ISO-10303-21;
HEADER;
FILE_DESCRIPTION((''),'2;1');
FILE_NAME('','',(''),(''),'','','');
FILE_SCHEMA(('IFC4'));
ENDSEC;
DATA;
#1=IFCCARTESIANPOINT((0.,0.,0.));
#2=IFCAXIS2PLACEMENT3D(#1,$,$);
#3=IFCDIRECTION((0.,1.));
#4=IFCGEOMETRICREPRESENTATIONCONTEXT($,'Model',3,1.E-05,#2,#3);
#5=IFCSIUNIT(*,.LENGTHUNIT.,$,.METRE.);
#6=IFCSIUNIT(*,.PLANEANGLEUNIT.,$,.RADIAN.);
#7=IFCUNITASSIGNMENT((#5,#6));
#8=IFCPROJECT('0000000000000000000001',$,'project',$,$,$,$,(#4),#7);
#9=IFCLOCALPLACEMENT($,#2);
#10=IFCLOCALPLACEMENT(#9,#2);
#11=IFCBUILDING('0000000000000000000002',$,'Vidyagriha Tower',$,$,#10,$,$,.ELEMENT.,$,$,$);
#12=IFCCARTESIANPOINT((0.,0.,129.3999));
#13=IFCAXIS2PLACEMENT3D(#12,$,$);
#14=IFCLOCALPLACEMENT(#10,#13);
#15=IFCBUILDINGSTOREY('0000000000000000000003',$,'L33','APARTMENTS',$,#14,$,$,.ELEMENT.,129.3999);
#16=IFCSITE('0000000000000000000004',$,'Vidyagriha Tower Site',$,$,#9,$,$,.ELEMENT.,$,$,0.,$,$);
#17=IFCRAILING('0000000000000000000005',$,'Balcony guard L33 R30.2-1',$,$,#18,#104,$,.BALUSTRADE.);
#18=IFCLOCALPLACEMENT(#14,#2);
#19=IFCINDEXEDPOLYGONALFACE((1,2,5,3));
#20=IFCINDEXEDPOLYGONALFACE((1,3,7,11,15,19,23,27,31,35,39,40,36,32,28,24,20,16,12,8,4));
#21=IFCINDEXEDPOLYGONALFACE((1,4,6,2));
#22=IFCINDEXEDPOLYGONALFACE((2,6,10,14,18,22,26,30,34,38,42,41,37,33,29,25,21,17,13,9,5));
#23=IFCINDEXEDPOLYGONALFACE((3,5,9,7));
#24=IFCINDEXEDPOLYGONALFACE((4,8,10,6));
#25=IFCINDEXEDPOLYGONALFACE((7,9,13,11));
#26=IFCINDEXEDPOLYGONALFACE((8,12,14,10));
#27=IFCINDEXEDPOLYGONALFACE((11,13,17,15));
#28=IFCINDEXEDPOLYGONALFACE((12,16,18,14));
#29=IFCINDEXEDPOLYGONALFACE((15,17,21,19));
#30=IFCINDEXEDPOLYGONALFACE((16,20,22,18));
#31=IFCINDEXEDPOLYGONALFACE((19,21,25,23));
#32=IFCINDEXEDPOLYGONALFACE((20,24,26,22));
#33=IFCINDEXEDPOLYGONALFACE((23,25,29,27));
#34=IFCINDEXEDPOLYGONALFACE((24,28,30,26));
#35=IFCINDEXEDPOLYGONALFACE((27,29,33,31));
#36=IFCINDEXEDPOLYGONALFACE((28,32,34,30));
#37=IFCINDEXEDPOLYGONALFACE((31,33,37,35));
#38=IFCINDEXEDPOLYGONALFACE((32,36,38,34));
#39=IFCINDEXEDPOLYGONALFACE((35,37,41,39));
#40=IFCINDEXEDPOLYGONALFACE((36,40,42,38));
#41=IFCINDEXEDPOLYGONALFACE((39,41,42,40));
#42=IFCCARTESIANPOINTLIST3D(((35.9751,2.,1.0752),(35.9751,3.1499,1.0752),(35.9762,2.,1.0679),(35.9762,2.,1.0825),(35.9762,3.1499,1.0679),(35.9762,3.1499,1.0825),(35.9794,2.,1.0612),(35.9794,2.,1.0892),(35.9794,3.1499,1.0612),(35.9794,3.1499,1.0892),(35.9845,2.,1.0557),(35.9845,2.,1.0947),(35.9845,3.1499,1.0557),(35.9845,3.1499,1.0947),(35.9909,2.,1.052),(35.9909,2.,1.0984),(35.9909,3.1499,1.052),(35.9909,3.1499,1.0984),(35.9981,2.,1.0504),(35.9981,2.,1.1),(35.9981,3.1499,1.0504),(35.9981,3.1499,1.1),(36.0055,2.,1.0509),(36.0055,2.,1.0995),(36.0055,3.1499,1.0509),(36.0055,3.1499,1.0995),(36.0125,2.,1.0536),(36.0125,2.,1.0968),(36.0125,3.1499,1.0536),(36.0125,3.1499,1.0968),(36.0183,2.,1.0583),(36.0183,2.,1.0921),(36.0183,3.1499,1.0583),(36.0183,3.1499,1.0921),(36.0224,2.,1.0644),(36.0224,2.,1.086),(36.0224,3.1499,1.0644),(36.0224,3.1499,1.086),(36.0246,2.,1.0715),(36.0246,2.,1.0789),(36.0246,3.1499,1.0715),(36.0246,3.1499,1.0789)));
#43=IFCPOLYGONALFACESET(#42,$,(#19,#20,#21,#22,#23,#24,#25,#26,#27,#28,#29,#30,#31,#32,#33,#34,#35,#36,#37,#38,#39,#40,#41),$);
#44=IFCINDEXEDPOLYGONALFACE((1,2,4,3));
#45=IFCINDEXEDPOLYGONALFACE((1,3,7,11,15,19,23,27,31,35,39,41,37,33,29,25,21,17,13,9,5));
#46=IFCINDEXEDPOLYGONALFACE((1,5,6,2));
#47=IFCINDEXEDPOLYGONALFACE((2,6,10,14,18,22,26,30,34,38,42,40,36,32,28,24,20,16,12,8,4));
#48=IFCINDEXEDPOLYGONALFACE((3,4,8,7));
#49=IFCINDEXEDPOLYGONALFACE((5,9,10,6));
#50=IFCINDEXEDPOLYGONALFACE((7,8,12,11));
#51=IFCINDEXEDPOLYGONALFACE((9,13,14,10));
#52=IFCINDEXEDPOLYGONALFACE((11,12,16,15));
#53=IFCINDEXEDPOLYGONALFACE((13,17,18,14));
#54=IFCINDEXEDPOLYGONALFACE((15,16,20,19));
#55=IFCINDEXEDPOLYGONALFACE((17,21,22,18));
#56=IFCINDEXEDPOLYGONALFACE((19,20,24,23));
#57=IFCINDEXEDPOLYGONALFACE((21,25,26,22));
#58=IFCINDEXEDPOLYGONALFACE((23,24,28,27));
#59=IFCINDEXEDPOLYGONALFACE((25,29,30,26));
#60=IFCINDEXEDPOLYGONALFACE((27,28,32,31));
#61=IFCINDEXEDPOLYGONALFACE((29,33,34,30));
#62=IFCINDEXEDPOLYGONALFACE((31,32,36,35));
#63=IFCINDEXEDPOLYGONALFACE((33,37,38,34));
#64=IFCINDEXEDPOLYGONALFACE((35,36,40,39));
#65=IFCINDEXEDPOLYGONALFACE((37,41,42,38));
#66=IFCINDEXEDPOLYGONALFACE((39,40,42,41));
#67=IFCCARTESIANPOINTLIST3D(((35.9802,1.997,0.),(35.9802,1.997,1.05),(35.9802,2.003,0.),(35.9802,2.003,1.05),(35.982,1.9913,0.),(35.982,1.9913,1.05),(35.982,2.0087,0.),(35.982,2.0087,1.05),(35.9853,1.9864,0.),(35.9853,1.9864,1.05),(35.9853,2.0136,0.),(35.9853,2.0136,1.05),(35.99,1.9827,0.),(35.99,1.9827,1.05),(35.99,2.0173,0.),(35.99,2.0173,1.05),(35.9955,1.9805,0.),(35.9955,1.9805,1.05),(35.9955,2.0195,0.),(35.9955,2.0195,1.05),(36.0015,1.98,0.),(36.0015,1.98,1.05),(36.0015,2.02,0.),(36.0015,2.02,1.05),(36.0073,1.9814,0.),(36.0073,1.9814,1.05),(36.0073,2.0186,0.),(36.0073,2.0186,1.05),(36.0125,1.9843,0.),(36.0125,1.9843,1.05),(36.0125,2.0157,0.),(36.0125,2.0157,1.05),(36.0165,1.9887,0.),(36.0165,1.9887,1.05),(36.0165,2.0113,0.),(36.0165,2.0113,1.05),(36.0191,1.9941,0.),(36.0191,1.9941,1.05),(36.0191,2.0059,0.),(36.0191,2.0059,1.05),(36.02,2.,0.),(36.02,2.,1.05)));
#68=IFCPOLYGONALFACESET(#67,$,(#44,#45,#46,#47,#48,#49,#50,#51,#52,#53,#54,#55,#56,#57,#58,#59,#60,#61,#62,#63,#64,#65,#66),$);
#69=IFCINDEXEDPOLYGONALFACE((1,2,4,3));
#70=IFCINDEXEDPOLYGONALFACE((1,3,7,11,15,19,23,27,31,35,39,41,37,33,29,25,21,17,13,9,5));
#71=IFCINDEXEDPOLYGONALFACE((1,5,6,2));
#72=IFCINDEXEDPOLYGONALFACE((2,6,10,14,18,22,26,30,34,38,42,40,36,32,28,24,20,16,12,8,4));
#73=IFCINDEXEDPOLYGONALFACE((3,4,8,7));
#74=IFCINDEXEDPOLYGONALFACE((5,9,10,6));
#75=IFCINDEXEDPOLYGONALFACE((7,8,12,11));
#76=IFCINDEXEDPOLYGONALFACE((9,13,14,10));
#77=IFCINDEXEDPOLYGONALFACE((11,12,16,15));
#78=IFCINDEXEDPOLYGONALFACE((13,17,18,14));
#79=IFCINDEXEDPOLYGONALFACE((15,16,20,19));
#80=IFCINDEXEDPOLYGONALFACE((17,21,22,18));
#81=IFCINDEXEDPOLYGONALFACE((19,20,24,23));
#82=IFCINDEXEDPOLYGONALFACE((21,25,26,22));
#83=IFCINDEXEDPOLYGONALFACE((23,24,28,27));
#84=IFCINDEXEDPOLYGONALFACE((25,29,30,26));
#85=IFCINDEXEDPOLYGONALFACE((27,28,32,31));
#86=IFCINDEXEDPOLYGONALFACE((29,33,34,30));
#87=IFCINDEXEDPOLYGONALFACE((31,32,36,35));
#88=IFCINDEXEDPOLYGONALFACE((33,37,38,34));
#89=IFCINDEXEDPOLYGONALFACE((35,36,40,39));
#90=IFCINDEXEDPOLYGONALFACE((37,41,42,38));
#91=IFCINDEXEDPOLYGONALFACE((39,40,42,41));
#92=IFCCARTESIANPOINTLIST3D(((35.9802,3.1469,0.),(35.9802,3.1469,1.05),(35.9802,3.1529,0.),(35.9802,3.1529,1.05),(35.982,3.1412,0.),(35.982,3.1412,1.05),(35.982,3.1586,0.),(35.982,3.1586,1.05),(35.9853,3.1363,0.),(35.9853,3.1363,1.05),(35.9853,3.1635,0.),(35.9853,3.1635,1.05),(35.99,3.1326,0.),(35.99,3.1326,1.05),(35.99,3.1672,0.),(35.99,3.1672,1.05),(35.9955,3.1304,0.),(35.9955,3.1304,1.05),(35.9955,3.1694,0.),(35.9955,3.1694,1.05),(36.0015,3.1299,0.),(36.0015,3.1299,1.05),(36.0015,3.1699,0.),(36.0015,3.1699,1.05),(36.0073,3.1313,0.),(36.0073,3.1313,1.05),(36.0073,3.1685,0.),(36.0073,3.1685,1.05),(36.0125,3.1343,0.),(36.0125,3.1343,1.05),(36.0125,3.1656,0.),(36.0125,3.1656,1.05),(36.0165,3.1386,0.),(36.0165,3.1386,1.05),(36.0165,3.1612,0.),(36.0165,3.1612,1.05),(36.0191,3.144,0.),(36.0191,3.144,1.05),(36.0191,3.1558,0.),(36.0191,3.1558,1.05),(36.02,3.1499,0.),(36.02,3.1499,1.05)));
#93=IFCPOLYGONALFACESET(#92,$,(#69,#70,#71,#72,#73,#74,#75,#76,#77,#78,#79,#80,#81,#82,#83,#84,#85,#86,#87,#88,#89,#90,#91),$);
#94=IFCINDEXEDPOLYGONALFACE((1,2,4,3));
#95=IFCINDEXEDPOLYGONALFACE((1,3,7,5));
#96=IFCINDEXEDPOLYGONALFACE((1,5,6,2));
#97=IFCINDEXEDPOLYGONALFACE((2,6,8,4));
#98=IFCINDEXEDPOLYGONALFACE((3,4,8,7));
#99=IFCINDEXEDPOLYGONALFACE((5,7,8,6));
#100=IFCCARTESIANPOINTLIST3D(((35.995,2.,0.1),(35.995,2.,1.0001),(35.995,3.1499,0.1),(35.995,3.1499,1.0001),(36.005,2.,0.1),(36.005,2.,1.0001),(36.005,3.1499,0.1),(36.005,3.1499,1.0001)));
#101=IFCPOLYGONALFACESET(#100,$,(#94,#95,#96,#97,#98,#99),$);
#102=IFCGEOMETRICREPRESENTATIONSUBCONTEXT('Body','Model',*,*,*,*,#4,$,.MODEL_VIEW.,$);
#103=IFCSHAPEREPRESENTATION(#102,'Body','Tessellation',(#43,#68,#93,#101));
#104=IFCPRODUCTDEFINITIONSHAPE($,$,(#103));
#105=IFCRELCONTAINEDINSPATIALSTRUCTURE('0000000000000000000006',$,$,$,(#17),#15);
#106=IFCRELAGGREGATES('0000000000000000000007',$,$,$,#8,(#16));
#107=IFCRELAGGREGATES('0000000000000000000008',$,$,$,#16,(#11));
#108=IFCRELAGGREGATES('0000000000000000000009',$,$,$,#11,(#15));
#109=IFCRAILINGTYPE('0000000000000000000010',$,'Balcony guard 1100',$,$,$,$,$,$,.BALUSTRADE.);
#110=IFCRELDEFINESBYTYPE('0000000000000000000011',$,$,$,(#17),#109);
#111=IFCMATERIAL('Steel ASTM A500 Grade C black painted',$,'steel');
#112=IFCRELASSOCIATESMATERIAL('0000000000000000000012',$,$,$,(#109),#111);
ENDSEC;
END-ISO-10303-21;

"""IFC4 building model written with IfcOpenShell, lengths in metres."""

from ifc_helpers import new_model, si_unit, direction, frame, origin, origin_2d, place, context, subcontext, project, spatial, rectangle, circle, extrude, material, type_object, element, save


model = new_model("IFC4")

# Units and contexts
model_context = context("Model", 3, precision=1e-05, world=origin(), true_north=direction((0.0, 1.0)))
body_context = subcontext(model_context, "Body", "Model", "MODEL_VIEW")
ifc_project = project(units=[si_unit("LENGTHUNIT", "METRE"), si_unit("PLANEANGLEUNIT", "RADIAN")], contexts=[model_context])

# Site, building, storey
site_placement = place(None, origin())
site = spatial("IfcSite", under=ifc_project, at=site_placement, Name="Vidyagriha Tower Site", CompositionType="ELEMENT", RefElevation=0.0)
building_placement = place(site_placement, origin())
building = spatial("IfcBuilding", under=site, at=building_placement, Name="Vidyagriha Tower", CompositionType="ELEMENT")
storey_placement = place(building_placement, frame((0.0, 0.0, 129.3999)))
storey = spatial("IfcBuildingStorey", under=building, at=storey_placement, Name="L33", Description="APARTMENTS", CompositionType="ELEMENT", Elevation=129.3999)

# Railing
ifc_material_1 = material(Name="Steel ASTM A500 Grade C black painted", Category="steel")
railing_type_1 = type_object("IfcRailingType", Name="Balcony guard 1100", PredefinedType="BALUSTRADE", material=ifc_material_1)
railing_1_placement = place(storey_placement, frame((36.0, 2.0, 0.0)))
element("IfcRailing", 1, at=railing_1_placement, inside=storey, type_object=railing_type_1, Name="Balcony guard L33 R30.2-1", PredefinedType="BALUSTRADE", context=body_context, shape_type="SweptSolid", body=[
    extrude(circle(Radius=0.0249, at=origin_2d()), frame((0.0, 0.0, 1.0752), z_axis=(0.0, 1.0, 0.0), x_axis=(-1.0, 0.0, 0.0)), (0.0, 0.0, 1.0), 1.1499),
    extrude(circle(Radius=0.02, at=origin_2d()), origin(), (0.0, 0.0, 1.0), 1.05),
    extrude(circle(Radius=0.02, at=origin_2d()), frame((0.0, 1.1499, 0.0)), (0.0, 0.0, 1.0), 1.05),
    extrude(rectangle(XDim=0.01, YDim=0.9001, at=origin_2d()), frame((0.0, 0.0, 0.55), z_axis=(0.0, 1.0, 0.0), x_axis=(-1.0, 0.0, 0.0)), (0.0, 0.0, 1.0), 1.1499),
])

save(model, "model.ifc")
